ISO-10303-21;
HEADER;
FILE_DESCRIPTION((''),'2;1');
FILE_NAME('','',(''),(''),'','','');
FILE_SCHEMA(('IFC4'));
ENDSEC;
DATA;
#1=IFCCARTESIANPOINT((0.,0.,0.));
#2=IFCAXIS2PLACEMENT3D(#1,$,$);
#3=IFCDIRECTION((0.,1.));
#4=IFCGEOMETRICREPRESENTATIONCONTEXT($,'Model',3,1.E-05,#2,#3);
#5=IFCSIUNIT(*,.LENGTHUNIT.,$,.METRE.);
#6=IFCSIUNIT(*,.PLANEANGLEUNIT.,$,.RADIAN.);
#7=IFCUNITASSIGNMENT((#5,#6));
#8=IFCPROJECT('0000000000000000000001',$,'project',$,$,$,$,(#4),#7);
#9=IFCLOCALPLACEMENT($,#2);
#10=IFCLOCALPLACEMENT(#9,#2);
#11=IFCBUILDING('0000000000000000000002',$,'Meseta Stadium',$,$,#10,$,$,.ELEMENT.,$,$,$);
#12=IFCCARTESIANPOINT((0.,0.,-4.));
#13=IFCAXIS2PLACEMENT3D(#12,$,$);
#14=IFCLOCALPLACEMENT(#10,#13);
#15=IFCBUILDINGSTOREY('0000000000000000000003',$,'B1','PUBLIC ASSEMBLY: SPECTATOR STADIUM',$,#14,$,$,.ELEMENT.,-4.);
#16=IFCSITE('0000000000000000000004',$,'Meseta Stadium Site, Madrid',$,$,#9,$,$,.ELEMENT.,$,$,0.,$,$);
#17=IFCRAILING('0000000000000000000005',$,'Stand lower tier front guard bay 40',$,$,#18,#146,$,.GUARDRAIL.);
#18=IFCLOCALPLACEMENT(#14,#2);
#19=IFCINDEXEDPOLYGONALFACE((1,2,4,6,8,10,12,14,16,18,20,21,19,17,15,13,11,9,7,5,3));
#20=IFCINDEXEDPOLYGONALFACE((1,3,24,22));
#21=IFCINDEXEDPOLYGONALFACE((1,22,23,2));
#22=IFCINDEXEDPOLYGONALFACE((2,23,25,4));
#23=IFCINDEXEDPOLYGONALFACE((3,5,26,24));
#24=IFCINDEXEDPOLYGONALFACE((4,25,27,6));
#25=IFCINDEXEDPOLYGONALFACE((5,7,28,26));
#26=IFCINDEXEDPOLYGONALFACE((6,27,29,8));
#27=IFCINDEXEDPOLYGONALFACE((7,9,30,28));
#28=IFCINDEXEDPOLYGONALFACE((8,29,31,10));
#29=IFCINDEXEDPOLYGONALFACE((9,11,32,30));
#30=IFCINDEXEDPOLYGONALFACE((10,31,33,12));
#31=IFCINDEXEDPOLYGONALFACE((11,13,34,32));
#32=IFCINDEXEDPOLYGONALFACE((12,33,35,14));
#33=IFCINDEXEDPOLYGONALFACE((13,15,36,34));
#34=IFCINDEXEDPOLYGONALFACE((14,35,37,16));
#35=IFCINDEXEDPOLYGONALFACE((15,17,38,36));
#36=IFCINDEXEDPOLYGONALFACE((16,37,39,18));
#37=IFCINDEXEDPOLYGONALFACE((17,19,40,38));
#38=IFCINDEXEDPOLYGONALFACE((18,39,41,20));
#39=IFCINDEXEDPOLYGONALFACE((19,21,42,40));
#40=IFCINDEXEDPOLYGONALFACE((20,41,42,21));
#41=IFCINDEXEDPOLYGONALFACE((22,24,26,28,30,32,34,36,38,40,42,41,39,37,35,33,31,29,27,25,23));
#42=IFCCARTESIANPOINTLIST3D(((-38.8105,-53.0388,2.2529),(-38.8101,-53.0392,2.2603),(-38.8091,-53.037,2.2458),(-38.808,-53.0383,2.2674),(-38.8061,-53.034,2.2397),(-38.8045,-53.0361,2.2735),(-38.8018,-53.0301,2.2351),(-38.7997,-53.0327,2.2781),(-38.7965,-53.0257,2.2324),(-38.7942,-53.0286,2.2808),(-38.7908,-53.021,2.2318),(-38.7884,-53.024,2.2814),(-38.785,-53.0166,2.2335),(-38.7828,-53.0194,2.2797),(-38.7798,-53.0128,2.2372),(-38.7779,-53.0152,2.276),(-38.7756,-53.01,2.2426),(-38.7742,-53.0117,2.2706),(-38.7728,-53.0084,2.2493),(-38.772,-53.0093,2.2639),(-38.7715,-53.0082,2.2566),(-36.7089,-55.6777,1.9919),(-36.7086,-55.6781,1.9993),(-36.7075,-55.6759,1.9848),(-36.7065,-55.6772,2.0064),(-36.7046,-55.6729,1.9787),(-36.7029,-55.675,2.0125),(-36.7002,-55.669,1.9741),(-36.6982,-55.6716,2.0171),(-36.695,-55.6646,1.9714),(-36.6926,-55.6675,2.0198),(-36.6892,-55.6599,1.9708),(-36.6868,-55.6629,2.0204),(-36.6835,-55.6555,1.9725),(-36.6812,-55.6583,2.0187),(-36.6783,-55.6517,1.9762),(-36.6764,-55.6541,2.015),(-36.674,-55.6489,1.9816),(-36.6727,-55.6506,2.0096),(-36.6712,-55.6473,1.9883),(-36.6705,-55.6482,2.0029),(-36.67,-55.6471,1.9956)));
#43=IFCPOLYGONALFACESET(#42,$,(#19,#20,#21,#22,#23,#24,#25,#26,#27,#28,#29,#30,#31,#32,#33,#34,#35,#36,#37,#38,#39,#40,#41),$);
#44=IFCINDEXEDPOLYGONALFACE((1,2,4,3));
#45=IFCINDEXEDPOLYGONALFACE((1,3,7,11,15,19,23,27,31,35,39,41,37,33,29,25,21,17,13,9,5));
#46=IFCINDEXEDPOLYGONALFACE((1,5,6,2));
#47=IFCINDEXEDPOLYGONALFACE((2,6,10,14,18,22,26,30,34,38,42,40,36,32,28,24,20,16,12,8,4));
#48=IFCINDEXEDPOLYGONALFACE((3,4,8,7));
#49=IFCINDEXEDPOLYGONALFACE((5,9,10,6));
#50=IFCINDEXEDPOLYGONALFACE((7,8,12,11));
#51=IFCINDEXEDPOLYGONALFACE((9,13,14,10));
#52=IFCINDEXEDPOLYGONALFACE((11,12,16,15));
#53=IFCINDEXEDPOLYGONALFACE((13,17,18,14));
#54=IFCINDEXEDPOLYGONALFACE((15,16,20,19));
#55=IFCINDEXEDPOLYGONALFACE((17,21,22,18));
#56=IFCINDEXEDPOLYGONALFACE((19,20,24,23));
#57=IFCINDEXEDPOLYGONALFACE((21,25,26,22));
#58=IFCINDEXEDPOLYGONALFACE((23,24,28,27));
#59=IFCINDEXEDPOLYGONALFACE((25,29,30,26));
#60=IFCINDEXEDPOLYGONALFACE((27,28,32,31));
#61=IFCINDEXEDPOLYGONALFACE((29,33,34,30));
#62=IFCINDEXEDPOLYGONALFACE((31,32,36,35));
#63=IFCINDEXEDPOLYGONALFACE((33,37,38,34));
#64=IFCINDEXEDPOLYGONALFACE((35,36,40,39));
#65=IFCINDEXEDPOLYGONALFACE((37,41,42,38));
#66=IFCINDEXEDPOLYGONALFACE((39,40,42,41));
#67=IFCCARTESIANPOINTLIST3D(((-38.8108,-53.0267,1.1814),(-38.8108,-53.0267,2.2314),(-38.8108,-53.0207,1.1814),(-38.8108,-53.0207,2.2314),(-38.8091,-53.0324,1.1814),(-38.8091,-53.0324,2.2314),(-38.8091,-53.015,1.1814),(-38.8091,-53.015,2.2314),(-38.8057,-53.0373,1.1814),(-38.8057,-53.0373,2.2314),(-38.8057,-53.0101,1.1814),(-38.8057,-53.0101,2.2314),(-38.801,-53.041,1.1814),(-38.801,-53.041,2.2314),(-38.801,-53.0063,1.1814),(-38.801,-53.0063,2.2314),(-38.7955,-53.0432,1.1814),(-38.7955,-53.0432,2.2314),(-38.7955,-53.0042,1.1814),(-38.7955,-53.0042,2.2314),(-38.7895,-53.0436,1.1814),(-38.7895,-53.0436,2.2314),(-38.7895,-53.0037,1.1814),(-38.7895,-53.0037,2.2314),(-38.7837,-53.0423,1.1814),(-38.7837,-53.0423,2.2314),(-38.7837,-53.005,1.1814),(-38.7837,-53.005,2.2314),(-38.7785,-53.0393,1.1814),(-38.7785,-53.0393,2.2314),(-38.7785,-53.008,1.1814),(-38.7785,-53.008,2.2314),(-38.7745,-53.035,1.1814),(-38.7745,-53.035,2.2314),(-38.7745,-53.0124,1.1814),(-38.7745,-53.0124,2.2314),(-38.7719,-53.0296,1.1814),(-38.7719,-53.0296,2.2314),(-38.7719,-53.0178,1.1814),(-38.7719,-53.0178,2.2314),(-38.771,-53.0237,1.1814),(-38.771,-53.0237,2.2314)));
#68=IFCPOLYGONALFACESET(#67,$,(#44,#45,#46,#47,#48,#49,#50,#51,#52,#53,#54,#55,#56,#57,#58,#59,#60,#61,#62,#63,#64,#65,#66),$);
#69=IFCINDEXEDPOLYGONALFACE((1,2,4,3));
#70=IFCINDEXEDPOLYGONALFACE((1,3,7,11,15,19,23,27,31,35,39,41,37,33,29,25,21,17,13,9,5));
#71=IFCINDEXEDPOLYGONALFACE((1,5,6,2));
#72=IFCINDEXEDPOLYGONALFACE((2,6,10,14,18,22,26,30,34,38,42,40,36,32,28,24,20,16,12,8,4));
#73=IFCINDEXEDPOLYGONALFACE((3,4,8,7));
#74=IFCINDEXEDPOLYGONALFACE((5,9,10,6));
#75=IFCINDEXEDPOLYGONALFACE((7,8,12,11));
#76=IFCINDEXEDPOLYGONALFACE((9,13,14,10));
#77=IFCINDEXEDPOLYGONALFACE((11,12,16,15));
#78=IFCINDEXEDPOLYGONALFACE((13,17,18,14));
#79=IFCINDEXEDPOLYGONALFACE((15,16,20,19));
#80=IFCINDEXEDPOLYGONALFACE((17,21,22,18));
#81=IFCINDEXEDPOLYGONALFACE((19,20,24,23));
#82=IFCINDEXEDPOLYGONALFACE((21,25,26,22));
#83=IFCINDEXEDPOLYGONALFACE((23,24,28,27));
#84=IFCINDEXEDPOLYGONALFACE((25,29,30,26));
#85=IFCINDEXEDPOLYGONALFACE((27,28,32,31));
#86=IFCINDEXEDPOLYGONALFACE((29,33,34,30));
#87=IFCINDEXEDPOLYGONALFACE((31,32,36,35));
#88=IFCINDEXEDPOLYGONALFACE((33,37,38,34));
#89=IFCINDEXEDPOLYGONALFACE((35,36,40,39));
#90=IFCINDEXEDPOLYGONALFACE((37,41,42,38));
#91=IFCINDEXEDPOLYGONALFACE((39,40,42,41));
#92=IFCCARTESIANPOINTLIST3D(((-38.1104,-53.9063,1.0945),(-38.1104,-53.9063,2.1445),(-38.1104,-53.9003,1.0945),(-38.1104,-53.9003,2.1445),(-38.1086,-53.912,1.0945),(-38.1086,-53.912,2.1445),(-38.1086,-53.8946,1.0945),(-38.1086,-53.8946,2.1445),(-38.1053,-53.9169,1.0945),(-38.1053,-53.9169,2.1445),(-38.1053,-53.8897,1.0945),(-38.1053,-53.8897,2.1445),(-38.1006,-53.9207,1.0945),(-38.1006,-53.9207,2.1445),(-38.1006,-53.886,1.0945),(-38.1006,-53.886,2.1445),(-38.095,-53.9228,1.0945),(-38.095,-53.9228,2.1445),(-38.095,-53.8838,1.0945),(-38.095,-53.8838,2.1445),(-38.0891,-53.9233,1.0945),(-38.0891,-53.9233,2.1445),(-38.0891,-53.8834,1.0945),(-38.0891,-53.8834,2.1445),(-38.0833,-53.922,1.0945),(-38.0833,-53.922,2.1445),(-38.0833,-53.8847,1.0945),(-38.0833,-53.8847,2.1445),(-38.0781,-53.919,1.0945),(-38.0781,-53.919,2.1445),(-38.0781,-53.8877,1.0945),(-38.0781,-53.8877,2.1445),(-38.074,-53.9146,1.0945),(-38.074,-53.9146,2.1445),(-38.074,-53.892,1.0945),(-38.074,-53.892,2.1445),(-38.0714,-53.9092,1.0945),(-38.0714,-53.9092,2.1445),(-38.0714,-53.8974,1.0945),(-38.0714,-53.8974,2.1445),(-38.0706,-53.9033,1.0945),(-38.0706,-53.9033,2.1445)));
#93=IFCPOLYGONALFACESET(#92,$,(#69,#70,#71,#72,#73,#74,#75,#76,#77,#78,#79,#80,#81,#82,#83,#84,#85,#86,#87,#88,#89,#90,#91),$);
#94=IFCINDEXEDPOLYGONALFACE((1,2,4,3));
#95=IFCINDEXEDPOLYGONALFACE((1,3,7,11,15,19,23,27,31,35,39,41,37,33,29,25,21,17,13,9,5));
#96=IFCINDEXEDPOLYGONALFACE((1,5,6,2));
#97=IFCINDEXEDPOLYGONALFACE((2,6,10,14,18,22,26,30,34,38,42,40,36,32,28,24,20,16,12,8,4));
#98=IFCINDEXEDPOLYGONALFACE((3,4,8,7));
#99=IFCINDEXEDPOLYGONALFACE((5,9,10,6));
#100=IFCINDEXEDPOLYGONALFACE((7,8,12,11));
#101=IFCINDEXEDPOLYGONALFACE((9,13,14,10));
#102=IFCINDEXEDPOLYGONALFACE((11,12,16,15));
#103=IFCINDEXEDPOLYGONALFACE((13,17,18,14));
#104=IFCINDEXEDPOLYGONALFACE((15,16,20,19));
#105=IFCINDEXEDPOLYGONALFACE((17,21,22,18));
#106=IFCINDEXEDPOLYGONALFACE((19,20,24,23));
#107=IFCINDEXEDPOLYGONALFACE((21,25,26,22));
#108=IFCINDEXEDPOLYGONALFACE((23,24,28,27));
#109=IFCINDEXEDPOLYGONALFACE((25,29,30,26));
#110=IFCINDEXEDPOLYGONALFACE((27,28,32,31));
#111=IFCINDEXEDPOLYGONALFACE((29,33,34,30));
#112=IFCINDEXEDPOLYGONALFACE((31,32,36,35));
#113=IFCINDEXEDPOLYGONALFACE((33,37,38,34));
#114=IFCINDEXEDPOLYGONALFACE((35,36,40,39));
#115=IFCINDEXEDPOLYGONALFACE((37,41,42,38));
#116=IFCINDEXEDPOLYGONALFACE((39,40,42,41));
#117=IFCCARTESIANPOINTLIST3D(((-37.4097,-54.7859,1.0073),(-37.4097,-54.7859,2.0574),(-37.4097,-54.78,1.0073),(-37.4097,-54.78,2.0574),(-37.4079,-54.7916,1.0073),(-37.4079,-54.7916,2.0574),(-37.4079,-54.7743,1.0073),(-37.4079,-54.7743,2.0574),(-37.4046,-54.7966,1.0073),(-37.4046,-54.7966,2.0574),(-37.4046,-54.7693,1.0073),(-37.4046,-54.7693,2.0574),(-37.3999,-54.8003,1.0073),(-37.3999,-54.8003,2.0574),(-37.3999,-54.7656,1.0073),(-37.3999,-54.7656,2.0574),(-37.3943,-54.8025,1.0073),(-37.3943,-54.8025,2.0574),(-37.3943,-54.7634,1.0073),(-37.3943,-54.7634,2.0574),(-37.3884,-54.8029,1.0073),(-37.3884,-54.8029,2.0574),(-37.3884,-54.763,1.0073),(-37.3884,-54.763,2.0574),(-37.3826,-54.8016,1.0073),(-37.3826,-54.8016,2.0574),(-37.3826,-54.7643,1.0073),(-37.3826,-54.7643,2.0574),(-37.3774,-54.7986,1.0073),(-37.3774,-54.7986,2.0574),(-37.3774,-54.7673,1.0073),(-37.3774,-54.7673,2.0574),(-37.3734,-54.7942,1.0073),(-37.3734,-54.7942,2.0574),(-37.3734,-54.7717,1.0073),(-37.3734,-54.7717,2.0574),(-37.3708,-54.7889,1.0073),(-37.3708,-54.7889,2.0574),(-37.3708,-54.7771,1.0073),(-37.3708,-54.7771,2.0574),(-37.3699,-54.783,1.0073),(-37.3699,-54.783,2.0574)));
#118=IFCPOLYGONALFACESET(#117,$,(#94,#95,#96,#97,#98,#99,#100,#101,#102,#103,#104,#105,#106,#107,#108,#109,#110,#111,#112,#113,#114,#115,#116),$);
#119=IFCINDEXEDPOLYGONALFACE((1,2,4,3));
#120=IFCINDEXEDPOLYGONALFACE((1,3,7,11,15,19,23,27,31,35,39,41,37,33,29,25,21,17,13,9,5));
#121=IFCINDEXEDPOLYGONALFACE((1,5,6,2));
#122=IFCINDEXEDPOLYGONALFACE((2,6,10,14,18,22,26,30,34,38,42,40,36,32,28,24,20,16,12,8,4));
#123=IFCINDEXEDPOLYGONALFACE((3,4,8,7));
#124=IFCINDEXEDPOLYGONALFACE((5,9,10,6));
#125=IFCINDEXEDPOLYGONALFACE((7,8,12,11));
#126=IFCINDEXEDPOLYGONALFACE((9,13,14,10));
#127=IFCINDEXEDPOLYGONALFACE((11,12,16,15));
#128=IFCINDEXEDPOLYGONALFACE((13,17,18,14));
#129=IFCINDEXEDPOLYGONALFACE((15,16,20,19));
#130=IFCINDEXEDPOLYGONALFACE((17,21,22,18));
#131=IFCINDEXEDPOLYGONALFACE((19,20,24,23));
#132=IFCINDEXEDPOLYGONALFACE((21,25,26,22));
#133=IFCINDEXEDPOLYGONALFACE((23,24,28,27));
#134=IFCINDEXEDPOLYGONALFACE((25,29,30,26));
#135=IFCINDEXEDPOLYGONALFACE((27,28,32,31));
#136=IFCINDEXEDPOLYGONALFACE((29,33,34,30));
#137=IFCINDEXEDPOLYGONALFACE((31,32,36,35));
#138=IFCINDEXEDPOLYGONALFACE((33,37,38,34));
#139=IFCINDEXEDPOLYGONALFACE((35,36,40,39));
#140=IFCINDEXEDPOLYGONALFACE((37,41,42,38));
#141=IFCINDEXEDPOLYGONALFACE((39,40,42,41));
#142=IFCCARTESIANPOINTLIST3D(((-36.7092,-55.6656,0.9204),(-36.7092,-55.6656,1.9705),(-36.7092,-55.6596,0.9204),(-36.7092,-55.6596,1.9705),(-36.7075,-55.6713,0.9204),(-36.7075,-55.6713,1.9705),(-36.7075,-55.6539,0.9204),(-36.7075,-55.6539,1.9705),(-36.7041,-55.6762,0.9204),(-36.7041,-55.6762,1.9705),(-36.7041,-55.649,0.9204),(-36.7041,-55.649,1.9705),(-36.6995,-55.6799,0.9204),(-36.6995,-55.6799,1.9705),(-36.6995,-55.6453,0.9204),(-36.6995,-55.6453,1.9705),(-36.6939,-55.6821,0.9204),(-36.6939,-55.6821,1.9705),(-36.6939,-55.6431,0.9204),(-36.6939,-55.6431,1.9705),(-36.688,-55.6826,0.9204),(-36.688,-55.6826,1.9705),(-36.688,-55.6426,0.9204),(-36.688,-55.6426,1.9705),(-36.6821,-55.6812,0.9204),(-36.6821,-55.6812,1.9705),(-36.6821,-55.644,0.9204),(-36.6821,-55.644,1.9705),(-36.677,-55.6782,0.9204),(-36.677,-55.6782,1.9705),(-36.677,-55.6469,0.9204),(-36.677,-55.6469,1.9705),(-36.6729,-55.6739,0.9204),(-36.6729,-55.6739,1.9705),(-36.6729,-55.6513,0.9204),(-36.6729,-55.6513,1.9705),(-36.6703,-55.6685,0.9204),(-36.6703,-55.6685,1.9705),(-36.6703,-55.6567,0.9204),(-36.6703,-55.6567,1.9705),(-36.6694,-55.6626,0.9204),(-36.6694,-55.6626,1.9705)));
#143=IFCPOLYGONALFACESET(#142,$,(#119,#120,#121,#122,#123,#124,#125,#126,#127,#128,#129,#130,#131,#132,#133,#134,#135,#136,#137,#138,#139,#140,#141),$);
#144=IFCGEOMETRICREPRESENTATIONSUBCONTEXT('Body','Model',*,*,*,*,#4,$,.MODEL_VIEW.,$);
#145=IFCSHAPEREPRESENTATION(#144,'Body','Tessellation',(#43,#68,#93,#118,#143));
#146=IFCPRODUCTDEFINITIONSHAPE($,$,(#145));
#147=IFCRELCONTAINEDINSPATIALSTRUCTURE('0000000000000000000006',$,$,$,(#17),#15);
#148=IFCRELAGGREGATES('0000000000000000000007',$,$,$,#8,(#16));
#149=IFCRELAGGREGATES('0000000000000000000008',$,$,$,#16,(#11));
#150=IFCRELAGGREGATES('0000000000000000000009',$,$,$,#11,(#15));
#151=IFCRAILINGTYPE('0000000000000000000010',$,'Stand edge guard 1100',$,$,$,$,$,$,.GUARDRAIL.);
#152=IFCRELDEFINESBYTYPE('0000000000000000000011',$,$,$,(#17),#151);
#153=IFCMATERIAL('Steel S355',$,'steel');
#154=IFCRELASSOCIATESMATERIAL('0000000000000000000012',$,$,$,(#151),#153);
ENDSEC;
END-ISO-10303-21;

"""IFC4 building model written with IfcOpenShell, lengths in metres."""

from ifc_helpers import new_model, si_unit, direction, frame, origin, origin_2d, place, context, subcontext, project, spatial, circle, extrude, material, type_object, element, save


model = new_model("IFC4")

# Units and contexts
model_context = context("Model", 3, precision=1e-05, world=origin(), true_north=direction((0.0, 1.0)))
body_context = subcontext(model_context, "Body", "Model", "MODEL_VIEW")
ifc_project = project(units=[si_unit("LENGTHUNIT", "METRE"), si_unit("PLANEANGLEUNIT", "RADIAN")], contexts=[model_context])

# Site, building, storey
site_placement = place(None, origin())
site = spatial("IfcSite", under=ifc_project, at=site_placement, Name="Meseta Stadium Site, Madrid", CompositionType="ELEMENT", RefElevation=0.0)
building_placement = place(site_placement, origin())
building = spatial("IfcBuilding", under=site, at=building_placement, Name="Meseta Stadium", CompositionType="ELEMENT")
storey_placement = place(building_placement, frame((0.0, 0.0, -4.0)))
storey = spatial("IfcBuildingStorey", under=building, at=storey_placement, Name="B1", Description="PUBLIC ASSEMBLY: SPECTATOR STADIUM", CompositionType="ELEMENT", Elevation=-4.0)

# Railing
ifc_material_1 = material(Name="Steel S355", Category="steel")
railing_type = type_object("IfcRailingType", Name="Stand edge guard 1100", PredefinedType="GUARDRAIL", material=ifc_material_1)
railing_1_placement = place(storey_placement, frame((-38.791, -53.0237, 1.1814)))
element("IfcRailing", 1, at=railing_1_placement, inside=storey, type_object=railing_type, Name="Stand lower tier front guard bay 40", PredefinedType="GUARDRAIL", context=body_context, shape_type="SweptSolid", body=[
    extrude(circle(Radius=0.0249, at=origin_2d()), frame((0.0, 0.0, 1.0752), z_axis=(0.621108, -0.77992, -0.077133), x_axis=(0.782251, 0.622964, 0.0)), (0.0, 0.0, 1.0), 3.3835),
    extrude(circle(Radius=0.02, at=origin_2d()), origin(), (0.0, 0.0, 1.0), 1.05),
    extrude(circle(Radius=0.02, at=origin_2d()), frame((0.7004, -0.8796, -0.0869)), (0.0, 0.0, 1.0), 1.05),
    extrude(circle(Radius=0.02, at=origin_2d()), frame((1.4011, -1.7593, -0.1741)), (0.0, 0.0, 1.0), 1.05),
    extrude(circle(Radius=0.02, at=origin_2d()), frame((2.1016, -2.6389, -0.261)), (0.0, 0.0, 1.0), 1.05),
])

save(model, "model.ifc")
